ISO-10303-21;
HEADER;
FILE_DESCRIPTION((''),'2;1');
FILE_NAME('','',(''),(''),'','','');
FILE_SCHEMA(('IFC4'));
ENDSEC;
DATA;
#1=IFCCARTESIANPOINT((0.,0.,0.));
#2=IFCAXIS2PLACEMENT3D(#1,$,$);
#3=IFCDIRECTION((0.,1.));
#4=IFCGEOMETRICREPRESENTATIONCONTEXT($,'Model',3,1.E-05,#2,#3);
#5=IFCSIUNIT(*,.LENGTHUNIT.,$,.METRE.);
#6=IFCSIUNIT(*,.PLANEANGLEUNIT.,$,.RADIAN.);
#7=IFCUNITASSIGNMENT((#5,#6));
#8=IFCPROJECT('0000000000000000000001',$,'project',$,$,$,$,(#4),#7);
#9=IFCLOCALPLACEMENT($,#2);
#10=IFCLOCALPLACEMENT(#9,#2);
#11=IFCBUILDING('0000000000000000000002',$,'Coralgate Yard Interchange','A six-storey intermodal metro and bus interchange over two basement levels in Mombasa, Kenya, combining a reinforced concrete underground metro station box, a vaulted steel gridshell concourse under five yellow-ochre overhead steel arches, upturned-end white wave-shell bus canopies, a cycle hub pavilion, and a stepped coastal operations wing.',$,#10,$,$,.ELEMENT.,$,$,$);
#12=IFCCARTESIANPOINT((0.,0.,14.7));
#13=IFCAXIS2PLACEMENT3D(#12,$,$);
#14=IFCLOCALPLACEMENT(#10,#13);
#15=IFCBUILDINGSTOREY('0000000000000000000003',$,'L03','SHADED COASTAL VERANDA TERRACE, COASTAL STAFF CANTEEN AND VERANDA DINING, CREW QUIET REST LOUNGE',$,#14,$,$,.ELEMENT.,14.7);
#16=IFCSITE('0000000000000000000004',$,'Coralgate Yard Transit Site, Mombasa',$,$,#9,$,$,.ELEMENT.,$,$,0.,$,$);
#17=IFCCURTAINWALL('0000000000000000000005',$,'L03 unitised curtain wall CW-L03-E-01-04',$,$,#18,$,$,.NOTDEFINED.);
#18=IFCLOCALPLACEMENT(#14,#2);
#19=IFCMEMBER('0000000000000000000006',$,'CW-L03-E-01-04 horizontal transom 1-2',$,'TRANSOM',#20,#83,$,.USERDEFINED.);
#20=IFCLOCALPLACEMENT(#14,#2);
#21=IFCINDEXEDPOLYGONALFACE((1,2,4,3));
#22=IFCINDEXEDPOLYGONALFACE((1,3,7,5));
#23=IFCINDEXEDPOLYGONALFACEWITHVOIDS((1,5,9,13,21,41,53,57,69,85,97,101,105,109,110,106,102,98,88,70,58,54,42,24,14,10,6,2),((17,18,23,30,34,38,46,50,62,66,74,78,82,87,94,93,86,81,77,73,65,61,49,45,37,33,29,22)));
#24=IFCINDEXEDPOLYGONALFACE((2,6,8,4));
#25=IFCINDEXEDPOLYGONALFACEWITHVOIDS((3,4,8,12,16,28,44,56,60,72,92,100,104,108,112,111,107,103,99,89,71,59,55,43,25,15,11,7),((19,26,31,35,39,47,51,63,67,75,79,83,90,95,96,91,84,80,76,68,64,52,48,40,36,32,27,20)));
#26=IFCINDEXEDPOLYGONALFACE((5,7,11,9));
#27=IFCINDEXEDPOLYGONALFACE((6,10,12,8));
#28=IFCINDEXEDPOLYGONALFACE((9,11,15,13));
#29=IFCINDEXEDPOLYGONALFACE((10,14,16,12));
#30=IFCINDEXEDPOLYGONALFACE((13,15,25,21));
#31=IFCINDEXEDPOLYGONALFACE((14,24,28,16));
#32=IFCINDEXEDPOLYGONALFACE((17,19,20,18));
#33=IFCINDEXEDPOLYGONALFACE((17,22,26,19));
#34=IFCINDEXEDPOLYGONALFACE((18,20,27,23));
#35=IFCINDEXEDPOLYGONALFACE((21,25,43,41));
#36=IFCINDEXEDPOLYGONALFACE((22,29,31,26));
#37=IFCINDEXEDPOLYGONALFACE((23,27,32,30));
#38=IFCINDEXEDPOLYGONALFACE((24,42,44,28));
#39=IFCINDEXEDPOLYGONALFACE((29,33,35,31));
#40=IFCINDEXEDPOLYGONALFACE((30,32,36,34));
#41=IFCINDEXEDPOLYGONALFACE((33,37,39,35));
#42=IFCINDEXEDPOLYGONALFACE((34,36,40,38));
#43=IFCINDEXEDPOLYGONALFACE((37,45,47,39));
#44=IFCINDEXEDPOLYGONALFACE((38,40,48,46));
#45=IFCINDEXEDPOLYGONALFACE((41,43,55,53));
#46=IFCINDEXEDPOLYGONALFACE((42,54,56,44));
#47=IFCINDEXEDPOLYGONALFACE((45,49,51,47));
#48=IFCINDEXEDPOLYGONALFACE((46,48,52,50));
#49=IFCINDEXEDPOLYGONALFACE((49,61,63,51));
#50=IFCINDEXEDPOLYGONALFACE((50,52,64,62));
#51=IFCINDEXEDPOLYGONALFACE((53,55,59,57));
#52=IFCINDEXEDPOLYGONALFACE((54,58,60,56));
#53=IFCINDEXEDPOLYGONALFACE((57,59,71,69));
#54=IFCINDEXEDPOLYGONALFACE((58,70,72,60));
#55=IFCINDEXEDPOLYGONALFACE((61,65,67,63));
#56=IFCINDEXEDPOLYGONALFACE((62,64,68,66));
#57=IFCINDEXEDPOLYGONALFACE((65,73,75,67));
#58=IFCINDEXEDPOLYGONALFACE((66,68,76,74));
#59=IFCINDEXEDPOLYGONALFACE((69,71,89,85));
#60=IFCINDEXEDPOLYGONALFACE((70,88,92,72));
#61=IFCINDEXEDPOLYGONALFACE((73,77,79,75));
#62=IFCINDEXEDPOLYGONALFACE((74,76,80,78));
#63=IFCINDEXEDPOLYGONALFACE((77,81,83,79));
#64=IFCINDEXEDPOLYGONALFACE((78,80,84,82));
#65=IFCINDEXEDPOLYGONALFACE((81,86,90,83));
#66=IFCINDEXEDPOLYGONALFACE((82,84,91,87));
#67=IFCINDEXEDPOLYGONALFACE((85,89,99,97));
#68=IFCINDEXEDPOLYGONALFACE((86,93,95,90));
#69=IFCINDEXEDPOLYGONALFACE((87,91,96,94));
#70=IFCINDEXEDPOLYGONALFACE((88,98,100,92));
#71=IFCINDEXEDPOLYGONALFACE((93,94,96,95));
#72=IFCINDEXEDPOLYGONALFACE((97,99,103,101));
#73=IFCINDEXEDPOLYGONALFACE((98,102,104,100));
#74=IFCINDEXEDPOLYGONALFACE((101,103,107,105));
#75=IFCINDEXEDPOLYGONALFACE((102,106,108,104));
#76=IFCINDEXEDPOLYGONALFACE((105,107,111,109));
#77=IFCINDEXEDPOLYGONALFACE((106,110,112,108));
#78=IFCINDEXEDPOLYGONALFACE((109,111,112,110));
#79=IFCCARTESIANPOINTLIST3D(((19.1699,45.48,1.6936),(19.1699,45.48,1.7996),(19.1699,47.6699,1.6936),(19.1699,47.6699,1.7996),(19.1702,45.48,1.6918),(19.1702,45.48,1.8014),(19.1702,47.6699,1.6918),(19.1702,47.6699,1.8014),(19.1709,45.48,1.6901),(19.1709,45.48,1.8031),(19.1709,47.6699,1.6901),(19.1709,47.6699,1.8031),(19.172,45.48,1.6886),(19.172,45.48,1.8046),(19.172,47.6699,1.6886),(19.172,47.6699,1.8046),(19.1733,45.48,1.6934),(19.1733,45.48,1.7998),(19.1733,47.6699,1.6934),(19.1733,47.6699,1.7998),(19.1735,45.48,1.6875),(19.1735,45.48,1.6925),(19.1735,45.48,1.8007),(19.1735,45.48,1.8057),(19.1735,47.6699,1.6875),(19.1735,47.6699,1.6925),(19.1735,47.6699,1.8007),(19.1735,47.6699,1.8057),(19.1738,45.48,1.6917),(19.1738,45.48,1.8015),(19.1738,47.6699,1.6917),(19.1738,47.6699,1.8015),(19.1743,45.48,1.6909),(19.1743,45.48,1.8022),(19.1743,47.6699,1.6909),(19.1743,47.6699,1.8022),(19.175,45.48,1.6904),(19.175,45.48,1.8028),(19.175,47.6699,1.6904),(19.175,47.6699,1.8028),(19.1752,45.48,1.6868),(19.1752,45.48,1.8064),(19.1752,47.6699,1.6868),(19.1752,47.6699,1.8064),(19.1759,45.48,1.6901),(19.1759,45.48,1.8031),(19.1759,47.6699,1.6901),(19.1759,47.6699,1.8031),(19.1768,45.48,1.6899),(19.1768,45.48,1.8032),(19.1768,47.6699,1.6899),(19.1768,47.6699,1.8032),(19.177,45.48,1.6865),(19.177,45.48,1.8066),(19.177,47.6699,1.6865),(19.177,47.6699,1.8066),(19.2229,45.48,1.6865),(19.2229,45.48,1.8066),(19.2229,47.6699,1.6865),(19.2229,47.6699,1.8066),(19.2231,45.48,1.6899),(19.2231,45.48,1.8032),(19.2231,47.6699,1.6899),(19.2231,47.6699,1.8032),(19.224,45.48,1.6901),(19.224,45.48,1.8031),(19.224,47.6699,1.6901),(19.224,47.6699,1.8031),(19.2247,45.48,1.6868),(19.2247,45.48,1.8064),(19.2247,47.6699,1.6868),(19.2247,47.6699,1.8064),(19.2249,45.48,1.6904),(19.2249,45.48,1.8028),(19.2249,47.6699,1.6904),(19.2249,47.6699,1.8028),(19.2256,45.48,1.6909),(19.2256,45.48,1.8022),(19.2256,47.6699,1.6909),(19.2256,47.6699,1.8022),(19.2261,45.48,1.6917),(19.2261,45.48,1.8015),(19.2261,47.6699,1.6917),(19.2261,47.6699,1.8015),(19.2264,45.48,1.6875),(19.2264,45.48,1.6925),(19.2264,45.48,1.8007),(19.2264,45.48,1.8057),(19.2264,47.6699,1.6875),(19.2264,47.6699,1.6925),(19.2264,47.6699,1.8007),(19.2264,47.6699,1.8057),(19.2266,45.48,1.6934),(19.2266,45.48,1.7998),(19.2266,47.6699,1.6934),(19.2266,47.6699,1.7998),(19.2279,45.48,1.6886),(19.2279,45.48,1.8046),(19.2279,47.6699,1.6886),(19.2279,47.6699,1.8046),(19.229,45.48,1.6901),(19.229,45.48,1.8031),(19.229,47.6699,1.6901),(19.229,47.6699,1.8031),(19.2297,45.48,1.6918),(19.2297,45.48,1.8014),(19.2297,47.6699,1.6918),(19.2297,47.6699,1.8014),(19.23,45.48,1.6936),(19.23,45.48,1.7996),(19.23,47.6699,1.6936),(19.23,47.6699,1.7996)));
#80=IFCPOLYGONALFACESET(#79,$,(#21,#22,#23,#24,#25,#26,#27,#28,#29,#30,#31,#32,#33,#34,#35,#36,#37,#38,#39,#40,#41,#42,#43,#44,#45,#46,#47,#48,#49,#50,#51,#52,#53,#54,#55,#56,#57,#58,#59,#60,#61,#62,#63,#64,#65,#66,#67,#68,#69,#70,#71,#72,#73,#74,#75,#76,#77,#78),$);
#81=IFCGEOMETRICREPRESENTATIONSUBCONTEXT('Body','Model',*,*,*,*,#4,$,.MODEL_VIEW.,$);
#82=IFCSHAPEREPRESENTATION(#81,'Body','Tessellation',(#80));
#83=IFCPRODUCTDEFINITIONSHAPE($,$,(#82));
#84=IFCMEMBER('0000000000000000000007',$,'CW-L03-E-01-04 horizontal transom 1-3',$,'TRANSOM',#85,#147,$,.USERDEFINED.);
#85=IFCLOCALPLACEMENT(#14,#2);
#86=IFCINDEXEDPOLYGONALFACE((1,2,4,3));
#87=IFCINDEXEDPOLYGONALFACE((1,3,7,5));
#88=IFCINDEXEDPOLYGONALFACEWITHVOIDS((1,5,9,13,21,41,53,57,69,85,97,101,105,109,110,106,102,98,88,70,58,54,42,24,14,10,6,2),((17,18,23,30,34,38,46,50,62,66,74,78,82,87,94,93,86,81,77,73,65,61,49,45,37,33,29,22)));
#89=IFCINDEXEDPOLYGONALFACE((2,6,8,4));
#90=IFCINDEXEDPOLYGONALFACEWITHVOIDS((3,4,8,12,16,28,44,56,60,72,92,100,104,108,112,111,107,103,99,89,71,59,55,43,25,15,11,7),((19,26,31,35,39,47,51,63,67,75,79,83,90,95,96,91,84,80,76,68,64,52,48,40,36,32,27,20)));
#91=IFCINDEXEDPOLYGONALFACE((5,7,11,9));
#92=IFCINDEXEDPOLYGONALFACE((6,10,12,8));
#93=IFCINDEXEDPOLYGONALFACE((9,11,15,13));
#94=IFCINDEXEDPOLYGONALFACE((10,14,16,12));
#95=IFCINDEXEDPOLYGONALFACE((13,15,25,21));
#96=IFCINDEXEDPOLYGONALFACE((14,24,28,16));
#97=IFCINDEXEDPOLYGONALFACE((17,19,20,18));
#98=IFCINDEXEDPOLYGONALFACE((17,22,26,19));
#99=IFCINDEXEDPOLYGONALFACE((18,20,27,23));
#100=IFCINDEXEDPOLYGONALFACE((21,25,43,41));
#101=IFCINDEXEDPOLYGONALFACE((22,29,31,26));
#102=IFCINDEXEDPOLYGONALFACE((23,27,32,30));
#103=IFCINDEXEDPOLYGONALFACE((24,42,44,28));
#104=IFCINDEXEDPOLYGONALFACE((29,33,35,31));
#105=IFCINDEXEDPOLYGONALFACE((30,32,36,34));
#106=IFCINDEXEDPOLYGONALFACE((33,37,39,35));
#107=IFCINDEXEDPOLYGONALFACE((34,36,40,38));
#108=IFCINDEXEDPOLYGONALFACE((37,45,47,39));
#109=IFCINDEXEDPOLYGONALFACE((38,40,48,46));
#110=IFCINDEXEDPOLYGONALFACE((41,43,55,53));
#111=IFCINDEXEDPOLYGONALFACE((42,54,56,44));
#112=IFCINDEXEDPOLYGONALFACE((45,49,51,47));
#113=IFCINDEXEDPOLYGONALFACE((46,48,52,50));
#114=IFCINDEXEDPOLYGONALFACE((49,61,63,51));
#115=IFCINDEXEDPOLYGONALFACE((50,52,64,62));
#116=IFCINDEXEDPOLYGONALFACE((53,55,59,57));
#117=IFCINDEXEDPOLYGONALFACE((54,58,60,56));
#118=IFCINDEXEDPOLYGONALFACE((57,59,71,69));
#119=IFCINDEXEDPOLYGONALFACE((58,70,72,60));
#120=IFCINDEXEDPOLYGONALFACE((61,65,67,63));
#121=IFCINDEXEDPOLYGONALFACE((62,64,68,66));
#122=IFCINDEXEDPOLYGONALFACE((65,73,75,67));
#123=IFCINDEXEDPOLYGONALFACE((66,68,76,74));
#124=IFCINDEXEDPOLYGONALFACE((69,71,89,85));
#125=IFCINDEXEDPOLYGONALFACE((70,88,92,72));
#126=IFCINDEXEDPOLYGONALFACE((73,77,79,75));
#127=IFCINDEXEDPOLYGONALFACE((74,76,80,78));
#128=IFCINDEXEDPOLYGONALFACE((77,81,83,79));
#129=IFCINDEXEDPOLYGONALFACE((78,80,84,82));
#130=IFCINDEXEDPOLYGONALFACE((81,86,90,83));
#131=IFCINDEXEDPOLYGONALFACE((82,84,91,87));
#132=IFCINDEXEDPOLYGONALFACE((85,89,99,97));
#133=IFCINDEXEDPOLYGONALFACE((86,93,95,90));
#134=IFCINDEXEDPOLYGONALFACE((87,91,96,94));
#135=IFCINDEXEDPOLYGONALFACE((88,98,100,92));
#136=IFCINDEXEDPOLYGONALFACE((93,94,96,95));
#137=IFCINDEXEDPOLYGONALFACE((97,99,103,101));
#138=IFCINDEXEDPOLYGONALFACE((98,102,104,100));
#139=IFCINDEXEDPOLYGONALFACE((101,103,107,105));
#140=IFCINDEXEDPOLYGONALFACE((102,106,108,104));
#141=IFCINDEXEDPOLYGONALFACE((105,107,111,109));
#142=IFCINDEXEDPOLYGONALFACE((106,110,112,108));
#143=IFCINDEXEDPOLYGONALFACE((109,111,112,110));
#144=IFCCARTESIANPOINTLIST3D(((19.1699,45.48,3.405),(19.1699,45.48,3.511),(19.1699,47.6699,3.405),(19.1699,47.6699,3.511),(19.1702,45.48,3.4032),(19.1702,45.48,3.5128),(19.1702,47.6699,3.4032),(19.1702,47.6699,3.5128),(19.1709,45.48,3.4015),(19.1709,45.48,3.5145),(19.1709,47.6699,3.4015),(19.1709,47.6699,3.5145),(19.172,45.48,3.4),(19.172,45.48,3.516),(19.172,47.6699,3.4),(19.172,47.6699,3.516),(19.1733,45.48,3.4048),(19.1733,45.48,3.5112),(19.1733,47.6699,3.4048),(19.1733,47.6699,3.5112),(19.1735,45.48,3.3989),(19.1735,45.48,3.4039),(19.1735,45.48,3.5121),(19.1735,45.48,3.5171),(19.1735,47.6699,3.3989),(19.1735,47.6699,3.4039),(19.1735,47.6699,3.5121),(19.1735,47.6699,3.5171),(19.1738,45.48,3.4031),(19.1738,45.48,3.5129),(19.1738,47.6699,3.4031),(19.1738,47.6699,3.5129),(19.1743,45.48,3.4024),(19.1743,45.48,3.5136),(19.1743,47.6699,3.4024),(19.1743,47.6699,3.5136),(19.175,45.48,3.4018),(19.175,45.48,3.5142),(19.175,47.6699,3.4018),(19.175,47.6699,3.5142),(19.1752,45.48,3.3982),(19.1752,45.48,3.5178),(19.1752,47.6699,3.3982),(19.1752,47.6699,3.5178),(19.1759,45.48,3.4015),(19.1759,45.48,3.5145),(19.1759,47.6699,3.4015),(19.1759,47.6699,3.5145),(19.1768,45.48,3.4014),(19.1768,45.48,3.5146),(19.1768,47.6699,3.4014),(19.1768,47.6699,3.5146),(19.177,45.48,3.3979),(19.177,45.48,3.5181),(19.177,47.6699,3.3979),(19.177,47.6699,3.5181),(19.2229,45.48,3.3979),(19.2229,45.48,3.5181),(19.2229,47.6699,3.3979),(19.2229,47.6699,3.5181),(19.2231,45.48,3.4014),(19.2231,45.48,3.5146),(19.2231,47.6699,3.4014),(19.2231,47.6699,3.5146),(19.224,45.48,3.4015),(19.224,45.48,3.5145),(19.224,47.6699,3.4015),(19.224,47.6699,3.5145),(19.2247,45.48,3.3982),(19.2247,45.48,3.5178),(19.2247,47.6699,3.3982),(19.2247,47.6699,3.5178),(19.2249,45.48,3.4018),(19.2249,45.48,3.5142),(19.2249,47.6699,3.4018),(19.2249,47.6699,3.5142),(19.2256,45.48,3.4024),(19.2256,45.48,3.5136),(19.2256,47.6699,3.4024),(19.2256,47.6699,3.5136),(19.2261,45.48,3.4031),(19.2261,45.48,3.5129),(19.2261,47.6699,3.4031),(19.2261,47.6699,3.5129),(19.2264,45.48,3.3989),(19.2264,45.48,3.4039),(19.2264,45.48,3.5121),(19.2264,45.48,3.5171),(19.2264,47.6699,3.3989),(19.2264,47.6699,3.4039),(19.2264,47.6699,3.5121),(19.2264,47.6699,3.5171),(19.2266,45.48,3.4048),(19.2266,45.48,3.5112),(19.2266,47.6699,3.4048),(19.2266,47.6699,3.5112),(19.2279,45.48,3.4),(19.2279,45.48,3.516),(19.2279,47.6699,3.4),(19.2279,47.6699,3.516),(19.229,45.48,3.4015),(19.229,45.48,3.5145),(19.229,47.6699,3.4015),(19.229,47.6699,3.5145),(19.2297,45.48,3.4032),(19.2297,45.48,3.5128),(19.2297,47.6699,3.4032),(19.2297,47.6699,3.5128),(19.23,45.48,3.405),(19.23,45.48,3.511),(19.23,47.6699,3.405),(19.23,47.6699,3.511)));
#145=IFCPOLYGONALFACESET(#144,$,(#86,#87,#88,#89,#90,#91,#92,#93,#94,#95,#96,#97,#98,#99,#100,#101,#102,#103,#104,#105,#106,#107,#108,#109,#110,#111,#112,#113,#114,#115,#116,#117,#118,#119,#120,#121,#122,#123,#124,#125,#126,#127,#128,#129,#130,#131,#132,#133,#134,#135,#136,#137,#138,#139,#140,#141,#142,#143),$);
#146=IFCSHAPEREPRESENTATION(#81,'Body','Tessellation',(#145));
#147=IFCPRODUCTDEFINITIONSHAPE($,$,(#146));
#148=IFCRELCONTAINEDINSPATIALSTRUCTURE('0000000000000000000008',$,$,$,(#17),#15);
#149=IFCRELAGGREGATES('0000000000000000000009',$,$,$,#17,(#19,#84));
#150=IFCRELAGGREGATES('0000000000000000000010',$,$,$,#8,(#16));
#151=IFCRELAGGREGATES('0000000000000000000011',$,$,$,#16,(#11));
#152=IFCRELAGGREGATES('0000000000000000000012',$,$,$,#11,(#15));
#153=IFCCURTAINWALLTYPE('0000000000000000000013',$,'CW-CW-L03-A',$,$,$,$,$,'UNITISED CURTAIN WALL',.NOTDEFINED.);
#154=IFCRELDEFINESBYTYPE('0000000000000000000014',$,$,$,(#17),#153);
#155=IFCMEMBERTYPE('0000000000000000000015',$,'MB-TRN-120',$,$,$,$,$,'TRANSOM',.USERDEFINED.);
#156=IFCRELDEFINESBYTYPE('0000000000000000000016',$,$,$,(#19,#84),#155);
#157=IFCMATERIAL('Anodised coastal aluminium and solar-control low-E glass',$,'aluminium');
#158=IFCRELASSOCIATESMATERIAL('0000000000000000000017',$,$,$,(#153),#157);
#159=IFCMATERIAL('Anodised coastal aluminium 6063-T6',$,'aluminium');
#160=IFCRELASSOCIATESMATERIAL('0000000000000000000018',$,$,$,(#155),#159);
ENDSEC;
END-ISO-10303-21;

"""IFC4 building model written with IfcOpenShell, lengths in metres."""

from ifc_helpers import new_model, si_unit, direction, frame, origin, origin_2d, place, context, subcontext, project, spatial, hollow_rectangle, extrude, material, material_profile, profile_set, type_object, element, aggregate, save


model = new_model("IFC4")

# Units and contexts
model_context = context("Model", 3, precision=1e-05, world=origin(), true_north=direction((0.0, 1.0)))
body_context = subcontext(model_context, "Body", "Model", "MODEL_VIEW")
ifc_project = project(units=[si_unit("LENGTHUNIT", "METRE"), si_unit("PLANEANGLEUNIT", "RADIAN")], contexts=[model_context])

# Site, building, storey
site_placement = place(None, origin())
site = spatial("IfcSite", under=ifc_project, at=site_placement, Name="Coralgate Yard Transit Site, Mombasa", CompositionType="ELEMENT", RefElevation=0.0)
building_placement = place(site_placement, origin())
building = spatial("IfcBuilding", under=site, at=building_placement, Name="Coralgate Yard Interchange", Description="A six-storey intermodal metro and bus interchange over two basement levels in Mombasa, Kenya, combining a reinforced concrete underground metro station box, a vaulted steel gridshell concourse under five yellow-ochre overhead steel arches, upturned-end white wave-shell bus canopies, a cycle hub pavilion, and a stepped coastal operations wing.", CompositionType="ELEMENT")
storey_placement = place(building_placement, frame((0.0, 0.0, 14.7)))
storey = spatial("IfcBuildingStorey", under=building, at=storey_placement, Name="L03", Description="SHADED COASTAL VERANDA TERRACE, COASTAL STAFF CANTEEN AND VERANDA DINING, CREW QUIET REST LOUNGE", CompositionType="ELEMENT", Elevation=14.7)

# Curtain wall
ifc_material_1 = material(Name="Anodised coastal aluminium and solar-control low-E glass", Category="aluminium")
curtain_wall_type = type_object("IfcCurtainWallType", Name="CW-CW-L03-A", ElementType="UNITISED CURTAIN WALL", PredefinedType="NOTDEFINED", material=ifc_material_1)
ifc_material_2 = material(Name="Anodised coastal aluminium 6063-T6", Category="aluminium")
curtain_wall_1_placement = place(storey_placement, origin())
curtain_wall_1 = element("IfcCurtainWall", 1, at=curtain_wall_1_placement, inside=storey, type_object=curtain_wall_type, Name="L03 unitised curtain wall CW-L03-E-01-04", PredefinedType="NOTDEFINED")

# Members
ifc_material_profile_1 = material_profile(ifc_material_2, hollow_rectangle(XDim=0.0601, YDim=0.1201, WallThickness=0.0034, InnerFilletRadius=0.0034, OuterFilletRadius=0.0071, at=origin_2d()), Name="ALU 60x120x3.5")
ifc_profile_set_1 = profile_set([ifc_material_profile_1], Name="Anodised coastal aluminium 6063-T6")
member_type_1 = type_object("IfcMemberType", Name="MB-TRN-120", ElementType="TRANSOM", PredefinedType="USERDEFINED", material=ifc_profile_set_1)
member_1_placement = place(storey_placement, frame((19.2, 47.6699, 1.7466), z_axis=(0.0, -1.0, 0.0), x_axis=(1.0, 0.0, 0.0)))
member_1 = element("IfcMember", 2, at=member_1_placement, type_object=member_type_1, Name="CW-L03-E-01-04 horizontal transom 1-2", ObjectType="TRANSOM", PredefinedType="USERDEFINED", context=body_context, shape_type="SweptSolid", body=[
    extrude(hollow_rectangle(XDim=0.0601, YDim=0.1201, WallThickness=0.0034, InnerFilletRadius=0.0034, OuterFilletRadius=0.0071, at=origin_2d()), origin(), (0.0, 0.0, 1.0), 2.1899),
])
member_2_placement = place(storey_placement, frame((19.2, 47.6699, 3.458), z_axis=(0.0, -1.0, 0.0), x_axis=(1.0, 0.0, 0.0)))
member_2 = element("IfcMember", 3, at=member_2_placement, type_object=member_type_1, Name="CW-L03-E-01-04 horizontal transom 1-3", ObjectType="TRANSOM", PredefinedType="USERDEFINED", context=body_context, shape_type="SweptSolid", body=[
    extrude(hollow_rectangle(XDim=0.0601, YDim=0.1201, WallThickness=0.0034, InnerFilletRadius=0.0034, OuterFilletRadius=0.0071, at=origin_2d()), origin(), (0.0, 0.0, 1.0), 2.1899),
])

aggregate(curtain_wall_1, [member_1, member_2])

save(model, "model.ifc")
